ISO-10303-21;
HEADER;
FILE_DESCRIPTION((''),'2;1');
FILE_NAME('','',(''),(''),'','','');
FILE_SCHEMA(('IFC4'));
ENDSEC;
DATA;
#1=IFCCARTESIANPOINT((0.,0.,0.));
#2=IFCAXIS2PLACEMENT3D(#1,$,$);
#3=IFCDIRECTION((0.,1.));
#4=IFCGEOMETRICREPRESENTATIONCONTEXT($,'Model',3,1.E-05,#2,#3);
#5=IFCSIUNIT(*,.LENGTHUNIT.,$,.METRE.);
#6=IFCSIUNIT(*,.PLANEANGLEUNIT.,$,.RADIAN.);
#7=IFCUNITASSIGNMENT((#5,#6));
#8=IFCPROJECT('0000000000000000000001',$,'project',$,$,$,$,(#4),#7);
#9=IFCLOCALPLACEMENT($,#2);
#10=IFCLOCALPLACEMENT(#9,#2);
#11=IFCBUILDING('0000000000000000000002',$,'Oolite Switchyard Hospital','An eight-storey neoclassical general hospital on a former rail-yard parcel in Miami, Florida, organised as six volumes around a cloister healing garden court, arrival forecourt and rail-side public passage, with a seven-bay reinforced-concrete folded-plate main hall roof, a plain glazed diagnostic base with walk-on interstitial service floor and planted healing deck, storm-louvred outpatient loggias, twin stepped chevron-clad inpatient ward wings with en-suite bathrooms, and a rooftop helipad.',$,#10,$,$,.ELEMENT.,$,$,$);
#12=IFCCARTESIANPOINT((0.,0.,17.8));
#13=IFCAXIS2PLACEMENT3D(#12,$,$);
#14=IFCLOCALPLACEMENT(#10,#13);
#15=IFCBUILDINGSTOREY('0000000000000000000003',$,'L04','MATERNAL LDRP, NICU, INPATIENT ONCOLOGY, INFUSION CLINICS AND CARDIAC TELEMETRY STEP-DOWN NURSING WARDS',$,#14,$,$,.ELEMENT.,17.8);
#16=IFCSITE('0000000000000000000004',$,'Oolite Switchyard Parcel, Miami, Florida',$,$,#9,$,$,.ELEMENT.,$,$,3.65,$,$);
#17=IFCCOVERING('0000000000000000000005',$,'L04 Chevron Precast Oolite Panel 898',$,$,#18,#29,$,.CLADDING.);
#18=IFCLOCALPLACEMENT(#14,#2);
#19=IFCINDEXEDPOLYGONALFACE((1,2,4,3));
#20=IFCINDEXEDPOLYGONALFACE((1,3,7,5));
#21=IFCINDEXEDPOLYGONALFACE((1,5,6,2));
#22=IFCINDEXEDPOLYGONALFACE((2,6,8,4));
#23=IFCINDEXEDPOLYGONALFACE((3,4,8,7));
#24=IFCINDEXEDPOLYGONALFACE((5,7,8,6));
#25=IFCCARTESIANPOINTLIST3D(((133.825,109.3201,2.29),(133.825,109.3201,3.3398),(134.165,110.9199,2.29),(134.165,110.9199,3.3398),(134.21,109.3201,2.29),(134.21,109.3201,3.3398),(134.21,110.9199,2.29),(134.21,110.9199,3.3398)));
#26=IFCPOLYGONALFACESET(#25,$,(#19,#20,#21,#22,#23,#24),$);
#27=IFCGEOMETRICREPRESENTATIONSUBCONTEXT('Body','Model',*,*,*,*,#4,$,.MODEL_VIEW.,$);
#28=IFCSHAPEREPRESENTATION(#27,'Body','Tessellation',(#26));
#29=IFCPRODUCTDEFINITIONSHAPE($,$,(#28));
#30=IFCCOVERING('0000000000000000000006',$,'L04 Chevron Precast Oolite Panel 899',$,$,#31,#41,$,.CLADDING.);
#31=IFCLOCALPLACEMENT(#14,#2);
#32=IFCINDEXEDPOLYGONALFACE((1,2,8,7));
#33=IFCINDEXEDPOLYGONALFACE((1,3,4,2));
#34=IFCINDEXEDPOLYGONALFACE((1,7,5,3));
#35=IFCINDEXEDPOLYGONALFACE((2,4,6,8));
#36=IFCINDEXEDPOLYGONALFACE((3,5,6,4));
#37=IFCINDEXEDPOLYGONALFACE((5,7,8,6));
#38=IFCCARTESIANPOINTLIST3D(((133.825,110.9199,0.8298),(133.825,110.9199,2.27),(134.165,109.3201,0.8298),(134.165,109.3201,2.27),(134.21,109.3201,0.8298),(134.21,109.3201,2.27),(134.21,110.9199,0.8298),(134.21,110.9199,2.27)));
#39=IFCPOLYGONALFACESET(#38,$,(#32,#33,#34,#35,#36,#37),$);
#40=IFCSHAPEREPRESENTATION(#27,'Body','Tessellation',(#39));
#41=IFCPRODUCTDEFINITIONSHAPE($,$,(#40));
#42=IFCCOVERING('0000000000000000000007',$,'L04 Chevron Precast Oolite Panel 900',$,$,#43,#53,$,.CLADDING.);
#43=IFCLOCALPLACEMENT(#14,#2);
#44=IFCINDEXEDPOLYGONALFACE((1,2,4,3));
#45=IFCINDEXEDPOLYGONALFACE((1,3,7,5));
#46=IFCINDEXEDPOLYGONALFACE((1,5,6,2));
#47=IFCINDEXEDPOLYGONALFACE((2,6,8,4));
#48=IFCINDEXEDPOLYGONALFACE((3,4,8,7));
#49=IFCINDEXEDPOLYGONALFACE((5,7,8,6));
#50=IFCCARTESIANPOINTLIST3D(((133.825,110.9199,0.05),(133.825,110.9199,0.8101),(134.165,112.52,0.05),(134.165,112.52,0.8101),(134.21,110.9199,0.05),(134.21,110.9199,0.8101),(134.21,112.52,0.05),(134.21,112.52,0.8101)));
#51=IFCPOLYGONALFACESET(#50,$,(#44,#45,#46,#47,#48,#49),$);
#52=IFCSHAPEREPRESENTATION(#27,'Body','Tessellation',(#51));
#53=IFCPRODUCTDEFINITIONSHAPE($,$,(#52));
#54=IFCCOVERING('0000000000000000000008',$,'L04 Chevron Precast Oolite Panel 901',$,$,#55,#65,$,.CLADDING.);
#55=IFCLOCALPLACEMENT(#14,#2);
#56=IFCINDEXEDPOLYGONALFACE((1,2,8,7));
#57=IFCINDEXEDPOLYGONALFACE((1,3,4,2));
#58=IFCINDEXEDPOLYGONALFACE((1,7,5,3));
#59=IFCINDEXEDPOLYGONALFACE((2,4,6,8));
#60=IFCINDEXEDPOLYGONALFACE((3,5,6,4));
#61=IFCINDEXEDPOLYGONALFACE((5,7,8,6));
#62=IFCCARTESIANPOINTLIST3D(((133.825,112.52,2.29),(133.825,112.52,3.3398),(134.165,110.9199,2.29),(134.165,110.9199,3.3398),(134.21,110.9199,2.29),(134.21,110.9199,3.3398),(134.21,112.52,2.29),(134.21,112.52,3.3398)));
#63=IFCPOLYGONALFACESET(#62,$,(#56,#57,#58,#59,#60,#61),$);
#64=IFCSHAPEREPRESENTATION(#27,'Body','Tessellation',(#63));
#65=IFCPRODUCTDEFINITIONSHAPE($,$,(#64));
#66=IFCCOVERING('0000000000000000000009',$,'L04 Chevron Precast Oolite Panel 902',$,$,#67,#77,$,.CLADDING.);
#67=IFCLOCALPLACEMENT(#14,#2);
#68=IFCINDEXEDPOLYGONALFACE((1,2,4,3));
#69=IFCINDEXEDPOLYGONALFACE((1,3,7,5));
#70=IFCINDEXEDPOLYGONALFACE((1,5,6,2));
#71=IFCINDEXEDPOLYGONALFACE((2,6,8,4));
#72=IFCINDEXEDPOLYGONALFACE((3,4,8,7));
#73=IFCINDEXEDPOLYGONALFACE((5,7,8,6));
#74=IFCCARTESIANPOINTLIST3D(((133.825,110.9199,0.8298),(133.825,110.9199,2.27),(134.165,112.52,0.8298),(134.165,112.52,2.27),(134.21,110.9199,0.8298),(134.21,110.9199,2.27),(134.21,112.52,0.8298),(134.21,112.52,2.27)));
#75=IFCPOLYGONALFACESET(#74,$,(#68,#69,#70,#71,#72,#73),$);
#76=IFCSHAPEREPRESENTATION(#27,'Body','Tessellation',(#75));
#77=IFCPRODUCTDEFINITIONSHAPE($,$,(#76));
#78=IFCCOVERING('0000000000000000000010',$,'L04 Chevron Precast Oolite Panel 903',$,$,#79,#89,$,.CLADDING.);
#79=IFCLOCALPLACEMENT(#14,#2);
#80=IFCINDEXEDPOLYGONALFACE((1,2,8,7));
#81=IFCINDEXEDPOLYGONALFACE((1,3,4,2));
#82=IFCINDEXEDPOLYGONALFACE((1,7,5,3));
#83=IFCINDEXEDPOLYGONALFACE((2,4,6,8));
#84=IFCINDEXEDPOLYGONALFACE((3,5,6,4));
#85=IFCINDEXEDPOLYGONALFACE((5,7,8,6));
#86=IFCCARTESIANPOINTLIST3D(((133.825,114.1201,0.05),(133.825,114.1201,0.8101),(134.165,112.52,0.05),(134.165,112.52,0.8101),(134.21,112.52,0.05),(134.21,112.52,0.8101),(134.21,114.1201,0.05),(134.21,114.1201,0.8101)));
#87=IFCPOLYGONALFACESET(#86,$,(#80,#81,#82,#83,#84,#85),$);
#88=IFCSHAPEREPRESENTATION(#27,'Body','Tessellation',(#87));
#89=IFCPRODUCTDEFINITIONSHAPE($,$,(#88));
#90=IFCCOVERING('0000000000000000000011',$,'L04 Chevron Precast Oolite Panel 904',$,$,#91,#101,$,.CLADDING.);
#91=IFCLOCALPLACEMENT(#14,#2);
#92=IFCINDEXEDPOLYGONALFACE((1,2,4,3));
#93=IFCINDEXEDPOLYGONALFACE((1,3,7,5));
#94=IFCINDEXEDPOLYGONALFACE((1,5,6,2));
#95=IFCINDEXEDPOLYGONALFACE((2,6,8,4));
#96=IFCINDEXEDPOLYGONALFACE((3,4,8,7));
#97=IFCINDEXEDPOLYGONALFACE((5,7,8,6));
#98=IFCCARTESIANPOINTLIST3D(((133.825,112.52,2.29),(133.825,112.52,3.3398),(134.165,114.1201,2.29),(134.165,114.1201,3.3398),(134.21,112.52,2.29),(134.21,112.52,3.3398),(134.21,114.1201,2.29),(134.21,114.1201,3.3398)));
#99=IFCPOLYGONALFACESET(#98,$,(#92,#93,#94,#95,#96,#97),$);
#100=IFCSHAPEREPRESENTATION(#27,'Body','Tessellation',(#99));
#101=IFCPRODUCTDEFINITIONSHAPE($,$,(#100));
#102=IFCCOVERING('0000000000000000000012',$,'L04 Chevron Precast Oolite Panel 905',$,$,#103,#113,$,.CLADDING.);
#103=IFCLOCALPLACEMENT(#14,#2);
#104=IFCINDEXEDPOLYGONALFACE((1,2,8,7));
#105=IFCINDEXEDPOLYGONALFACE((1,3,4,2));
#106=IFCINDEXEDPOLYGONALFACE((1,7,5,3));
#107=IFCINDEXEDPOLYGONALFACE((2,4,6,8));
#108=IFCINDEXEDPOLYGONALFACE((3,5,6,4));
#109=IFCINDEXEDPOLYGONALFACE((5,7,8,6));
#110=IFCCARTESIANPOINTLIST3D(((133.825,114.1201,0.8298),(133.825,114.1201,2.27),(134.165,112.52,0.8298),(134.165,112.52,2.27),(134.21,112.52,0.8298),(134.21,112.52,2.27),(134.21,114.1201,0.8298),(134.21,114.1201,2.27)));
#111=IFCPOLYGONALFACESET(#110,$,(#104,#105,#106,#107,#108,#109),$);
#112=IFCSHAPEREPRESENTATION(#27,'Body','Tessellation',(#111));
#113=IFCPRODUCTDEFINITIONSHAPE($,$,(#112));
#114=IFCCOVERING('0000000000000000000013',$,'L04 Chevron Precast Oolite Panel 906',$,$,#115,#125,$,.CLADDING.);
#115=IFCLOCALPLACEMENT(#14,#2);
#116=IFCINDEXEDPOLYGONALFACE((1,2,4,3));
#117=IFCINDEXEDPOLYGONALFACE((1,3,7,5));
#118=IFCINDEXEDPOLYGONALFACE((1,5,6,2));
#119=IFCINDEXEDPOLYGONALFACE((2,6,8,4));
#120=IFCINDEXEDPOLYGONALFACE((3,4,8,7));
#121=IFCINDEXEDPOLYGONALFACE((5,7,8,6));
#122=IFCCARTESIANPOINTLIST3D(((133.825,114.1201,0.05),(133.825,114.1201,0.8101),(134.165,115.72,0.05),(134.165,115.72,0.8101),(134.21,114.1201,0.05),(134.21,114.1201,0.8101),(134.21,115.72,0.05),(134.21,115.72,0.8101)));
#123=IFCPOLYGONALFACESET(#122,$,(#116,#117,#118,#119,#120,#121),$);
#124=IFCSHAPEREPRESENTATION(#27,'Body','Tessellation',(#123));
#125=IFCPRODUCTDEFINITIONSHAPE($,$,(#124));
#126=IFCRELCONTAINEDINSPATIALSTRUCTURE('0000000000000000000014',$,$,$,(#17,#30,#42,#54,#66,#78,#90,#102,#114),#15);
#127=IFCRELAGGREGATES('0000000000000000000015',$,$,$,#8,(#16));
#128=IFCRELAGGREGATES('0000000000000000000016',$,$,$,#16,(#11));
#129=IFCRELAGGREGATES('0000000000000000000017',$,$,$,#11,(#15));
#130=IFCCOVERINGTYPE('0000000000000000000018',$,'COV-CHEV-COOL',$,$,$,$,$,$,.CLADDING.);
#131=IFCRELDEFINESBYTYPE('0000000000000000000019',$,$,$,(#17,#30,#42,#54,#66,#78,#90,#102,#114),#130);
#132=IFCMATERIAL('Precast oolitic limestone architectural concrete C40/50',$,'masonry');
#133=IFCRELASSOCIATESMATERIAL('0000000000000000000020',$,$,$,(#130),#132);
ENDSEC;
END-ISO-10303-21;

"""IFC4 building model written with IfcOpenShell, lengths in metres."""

from ifc_helpers import new_model, si_unit, direction, frame, origin, place, context, subcontext, project, spatial, polyline, outline, extrude, material, type_object, element, save


model = new_model("IFC4")

# Units and contexts
model_context = context("Model", 3, precision=1e-05, world=origin(), true_north=direction((0.0, 1.0)))
body_context = subcontext(model_context, "Body", "Model", "MODEL_VIEW")
ifc_project = project(units=[si_unit("LENGTHUNIT", "METRE"), si_unit("PLANEANGLEUNIT", "RADIAN")], contexts=[model_context])

# Site, building, storey
site_placement = place(None, origin())
site = spatial("IfcSite", under=ifc_project, at=site_placement, Name="Oolite Switchyard Parcel, Miami, Florida", CompositionType="ELEMENT", RefElevation=3.65)
building_placement = place(site_placement, origin())
building = spatial("IfcBuilding", under=site, at=building_placement, Name="Oolite Switchyard Hospital", Description="An eight-storey neoclassical general hospital on a former rail-yard parcel in Miami, Florida, organised as six volumes around a cloister healing garden court, arrival forecourt and rail-side public passage, with a seven-bay reinforced-concrete folded-plate main hall roof, a plain glazed diagnostic base with walk-on interstitial service floor and planted healing deck, storm-louvred outpatient loggias, twin stepped chevron-clad inpatient ward wings with en-suite bathrooms, and a rooftop helipad.", CompositionType="ELEMENT")
storey_placement = place(building_placement, frame((0.0, 0.0, 17.8)))
storey = spatial("IfcBuildingStorey", under=building, at=storey_placement, Name="L04", Description="MATERNAL LDRP, NICU, INPATIENT ONCOLOGY, INFUSION CLINICS AND CARDIAC TELEMETRY STEP-DOWN NURSING WARDS", CompositionType="ELEMENT", Elevation=17.8)

# Coverings
ifc_material_1 = material(Name="Precast oolitic limestone architectural concrete C40/50", Category="masonry")
covering_type = type_object("IfcCoveringType", Name="COV-CHEV-COOL", PredefinedType="CLADDING", material=ifc_material_1)
covering_1_placement = place(storey_placement, frame((134.21, 109.3201, 2.29), z_axis=(0.0, 0.0, 1.0), x_axis=(0.0, 1.0, 0.0)))
element("IfcCovering", 1, at=covering_1_placement, inside=storey, type_object=covering_type, Name="L04 Chevron Precast Oolite Panel 898", PredefinedType="CLADDING", context=body_context, shape_type="SweptSolid", body=[
    extrude(outline(polyline([(0.0, 0.0), (1.5999, 0.0), (1.5999, 0.0449), (0.0, 0.385), (0.0, 0.0)])), origin(), (0.0, 0.0, 1.0), 1.0498),
])
covering_2_placement = place(storey_placement, frame((134.21, 109.3201, 0.8298), z_axis=(0.0, 0.0, 1.0), x_axis=(0.0, 1.0, 0.0)))
element("IfcCovering", 2, at=covering_2_placement, inside=storey, type_object=covering_type, Name="L04 Chevron Precast Oolite Panel 899", PredefinedType="CLADDING", context=body_context, shape_type="SweptSolid", body=[
    extrude(outline(polyline([(0.0, 0.0), (1.5999, 0.0), (1.5999, 0.385), (0.0, 0.0449), (0.0, 0.0)])), origin(), (0.0, 0.0, 1.0), 1.4402),
])
covering_3_placement = place(storey_placement, frame((134.21, 110.9199, 0.05), z_axis=(0.0, 0.0, 1.0), x_axis=(0.0, 1.0, 0.0)))
element("IfcCovering", 3, at=covering_3_placement, inside=storey, type_object=covering_type, Name="L04 Chevron Precast Oolite Panel 900", PredefinedType="CLADDING", context=body_context, shape_type="SweptSolid", body=[
    extrude(outline(polyline([(0.0, 0.0), (1.6001, 0.0), (1.6001, 0.0449), (0.0, 0.385), (0.0, 0.0)])), origin(), (0.0, 0.0, 1.0), 0.76),
])
covering_4_placement = place(storey_placement, frame((134.21, 110.9199, 2.29), z_axis=(0.0, 0.0, 1.0), x_axis=(0.0, 1.0, 0.0)))
element("IfcCovering", 4, at=covering_4_placement, inside=storey, type_object=covering_type, Name="L04 Chevron Precast Oolite Panel 901", PredefinedType="CLADDING", context=body_context, shape_type="SweptSolid", body=[
    extrude(outline(polyline([(0.0, 0.0), (1.6001, 0.0), (1.6001, 0.385), (0.0, 0.0449), (0.0, 0.0)])), origin(), (0.0, 0.0, 1.0), 1.0498),
])
covering_5_placement = place(storey_placement, frame((134.21, 110.9199, 0.8298), z_axis=(0.0, 0.0, 1.0), x_axis=(0.0, 1.0, 0.0)))
element("IfcCovering", 5, at=covering_5_placement, inside=storey, type_object=covering_type, Name="L04 Chevron Precast Oolite Panel 902", PredefinedType="CLADDING", context=body_context, shape_type="SweptSolid", body=[
    extrude(outline(polyline([(0.0, 0.0), (1.6001, 0.0), (1.6001, 0.0449), (0.0, 0.385), (0.0, 0.0)])), origin(), (0.0, 0.0, 1.0), 1.4402),
])
covering_6_placement = place(storey_placement, frame((134.21, 112.52, 0.05), z_axis=(0.0, 0.0, 1.0), x_axis=(0.0, 1.0, 0.0)))
element("IfcCovering", 6, at=covering_6_placement, inside=storey, type_object=covering_type, Name="L04 Chevron Precast Oolite Panel 903", PredefinedType="CLADDING", context=body_context, shape_type="SweptSolid", body=[
    extrude(outline(polyline([(0.0, 0.0), (1.6001, 0.0), (1.6001, 0.385), (0.0, 0.0449), (0.0, 0.0)])), origin(), (0.0, 0.0, 1.0), 0.76),
])
covering_7_placement = place(storey_placement, frame((134.21, 112.52, 2.29), z_axis=(0.0, 0.0, 1.0), x_axis=(0.0, 1.0, 0.0)))
element("IfcCovering", 7, at=covering_7_placement, inside=storey, type_object=covering_type, Name="L04 Chevron Precast Oolite Panel 904", PredefinedType="CLADDING", context=body_context, shape_type="SweptSolid", body=[
    extrude(outline(polyline([(0.0, 0.0), (1.6001, 0.0), (1.6001, 0.0449), (0.0, 0.385), (0.0, 0.0)])), origin(), (0.0, 0.0, 1.0), 1.0498),
])
covering_8_placement = place(storey_placement, frame((134.21, 112.52, 0.8298), z_axis=(0.0, 0.0, 1.0), x_axis=(0.0, 1.0, 0.0)))
element("IfcCovering", 8, at=covering_8_placement, inside=storey, type_object=covering_type, Name="L04 Chevron Precast Oolite Panel 905", PredefinedType="CLADDING", context=body_context, shape_type="SweptSolid", body=[
    extrude(outline(polyline([(0.0, 0.0), (1.6001, 0.0), (1.6001, 0.385), (0.0, 0.0449), (0.0, 0.0)])), origin(), (0.0, 0.0, 1.0), 1.4402),
])
covering_9_placement = place(storey_placement, frame((134.21, 114.1201, 0.05), z_axis=(0.0, 0.0, 1.0), x_axis=(0.0, 1.0, 0.0)))
element("IfcCovering", 9, at=covering_9_placement, inside=storey, type_object=covering_type, Name="L04 Chevron Precast Oolite Panel 906", PredefinedType="CLADDING", context=body_context, shape_type="SweptSolid", body=[
    extrude(outline(polyline([(0.0, 0.0), (1.5999, 0.0), (1.5999, 0.0449), (0.0, 0.385), (0.0, 0.0)])), origin(), (0.0, 0.0, 1.0), 0.76),
])

save(model, "model.ifc")
